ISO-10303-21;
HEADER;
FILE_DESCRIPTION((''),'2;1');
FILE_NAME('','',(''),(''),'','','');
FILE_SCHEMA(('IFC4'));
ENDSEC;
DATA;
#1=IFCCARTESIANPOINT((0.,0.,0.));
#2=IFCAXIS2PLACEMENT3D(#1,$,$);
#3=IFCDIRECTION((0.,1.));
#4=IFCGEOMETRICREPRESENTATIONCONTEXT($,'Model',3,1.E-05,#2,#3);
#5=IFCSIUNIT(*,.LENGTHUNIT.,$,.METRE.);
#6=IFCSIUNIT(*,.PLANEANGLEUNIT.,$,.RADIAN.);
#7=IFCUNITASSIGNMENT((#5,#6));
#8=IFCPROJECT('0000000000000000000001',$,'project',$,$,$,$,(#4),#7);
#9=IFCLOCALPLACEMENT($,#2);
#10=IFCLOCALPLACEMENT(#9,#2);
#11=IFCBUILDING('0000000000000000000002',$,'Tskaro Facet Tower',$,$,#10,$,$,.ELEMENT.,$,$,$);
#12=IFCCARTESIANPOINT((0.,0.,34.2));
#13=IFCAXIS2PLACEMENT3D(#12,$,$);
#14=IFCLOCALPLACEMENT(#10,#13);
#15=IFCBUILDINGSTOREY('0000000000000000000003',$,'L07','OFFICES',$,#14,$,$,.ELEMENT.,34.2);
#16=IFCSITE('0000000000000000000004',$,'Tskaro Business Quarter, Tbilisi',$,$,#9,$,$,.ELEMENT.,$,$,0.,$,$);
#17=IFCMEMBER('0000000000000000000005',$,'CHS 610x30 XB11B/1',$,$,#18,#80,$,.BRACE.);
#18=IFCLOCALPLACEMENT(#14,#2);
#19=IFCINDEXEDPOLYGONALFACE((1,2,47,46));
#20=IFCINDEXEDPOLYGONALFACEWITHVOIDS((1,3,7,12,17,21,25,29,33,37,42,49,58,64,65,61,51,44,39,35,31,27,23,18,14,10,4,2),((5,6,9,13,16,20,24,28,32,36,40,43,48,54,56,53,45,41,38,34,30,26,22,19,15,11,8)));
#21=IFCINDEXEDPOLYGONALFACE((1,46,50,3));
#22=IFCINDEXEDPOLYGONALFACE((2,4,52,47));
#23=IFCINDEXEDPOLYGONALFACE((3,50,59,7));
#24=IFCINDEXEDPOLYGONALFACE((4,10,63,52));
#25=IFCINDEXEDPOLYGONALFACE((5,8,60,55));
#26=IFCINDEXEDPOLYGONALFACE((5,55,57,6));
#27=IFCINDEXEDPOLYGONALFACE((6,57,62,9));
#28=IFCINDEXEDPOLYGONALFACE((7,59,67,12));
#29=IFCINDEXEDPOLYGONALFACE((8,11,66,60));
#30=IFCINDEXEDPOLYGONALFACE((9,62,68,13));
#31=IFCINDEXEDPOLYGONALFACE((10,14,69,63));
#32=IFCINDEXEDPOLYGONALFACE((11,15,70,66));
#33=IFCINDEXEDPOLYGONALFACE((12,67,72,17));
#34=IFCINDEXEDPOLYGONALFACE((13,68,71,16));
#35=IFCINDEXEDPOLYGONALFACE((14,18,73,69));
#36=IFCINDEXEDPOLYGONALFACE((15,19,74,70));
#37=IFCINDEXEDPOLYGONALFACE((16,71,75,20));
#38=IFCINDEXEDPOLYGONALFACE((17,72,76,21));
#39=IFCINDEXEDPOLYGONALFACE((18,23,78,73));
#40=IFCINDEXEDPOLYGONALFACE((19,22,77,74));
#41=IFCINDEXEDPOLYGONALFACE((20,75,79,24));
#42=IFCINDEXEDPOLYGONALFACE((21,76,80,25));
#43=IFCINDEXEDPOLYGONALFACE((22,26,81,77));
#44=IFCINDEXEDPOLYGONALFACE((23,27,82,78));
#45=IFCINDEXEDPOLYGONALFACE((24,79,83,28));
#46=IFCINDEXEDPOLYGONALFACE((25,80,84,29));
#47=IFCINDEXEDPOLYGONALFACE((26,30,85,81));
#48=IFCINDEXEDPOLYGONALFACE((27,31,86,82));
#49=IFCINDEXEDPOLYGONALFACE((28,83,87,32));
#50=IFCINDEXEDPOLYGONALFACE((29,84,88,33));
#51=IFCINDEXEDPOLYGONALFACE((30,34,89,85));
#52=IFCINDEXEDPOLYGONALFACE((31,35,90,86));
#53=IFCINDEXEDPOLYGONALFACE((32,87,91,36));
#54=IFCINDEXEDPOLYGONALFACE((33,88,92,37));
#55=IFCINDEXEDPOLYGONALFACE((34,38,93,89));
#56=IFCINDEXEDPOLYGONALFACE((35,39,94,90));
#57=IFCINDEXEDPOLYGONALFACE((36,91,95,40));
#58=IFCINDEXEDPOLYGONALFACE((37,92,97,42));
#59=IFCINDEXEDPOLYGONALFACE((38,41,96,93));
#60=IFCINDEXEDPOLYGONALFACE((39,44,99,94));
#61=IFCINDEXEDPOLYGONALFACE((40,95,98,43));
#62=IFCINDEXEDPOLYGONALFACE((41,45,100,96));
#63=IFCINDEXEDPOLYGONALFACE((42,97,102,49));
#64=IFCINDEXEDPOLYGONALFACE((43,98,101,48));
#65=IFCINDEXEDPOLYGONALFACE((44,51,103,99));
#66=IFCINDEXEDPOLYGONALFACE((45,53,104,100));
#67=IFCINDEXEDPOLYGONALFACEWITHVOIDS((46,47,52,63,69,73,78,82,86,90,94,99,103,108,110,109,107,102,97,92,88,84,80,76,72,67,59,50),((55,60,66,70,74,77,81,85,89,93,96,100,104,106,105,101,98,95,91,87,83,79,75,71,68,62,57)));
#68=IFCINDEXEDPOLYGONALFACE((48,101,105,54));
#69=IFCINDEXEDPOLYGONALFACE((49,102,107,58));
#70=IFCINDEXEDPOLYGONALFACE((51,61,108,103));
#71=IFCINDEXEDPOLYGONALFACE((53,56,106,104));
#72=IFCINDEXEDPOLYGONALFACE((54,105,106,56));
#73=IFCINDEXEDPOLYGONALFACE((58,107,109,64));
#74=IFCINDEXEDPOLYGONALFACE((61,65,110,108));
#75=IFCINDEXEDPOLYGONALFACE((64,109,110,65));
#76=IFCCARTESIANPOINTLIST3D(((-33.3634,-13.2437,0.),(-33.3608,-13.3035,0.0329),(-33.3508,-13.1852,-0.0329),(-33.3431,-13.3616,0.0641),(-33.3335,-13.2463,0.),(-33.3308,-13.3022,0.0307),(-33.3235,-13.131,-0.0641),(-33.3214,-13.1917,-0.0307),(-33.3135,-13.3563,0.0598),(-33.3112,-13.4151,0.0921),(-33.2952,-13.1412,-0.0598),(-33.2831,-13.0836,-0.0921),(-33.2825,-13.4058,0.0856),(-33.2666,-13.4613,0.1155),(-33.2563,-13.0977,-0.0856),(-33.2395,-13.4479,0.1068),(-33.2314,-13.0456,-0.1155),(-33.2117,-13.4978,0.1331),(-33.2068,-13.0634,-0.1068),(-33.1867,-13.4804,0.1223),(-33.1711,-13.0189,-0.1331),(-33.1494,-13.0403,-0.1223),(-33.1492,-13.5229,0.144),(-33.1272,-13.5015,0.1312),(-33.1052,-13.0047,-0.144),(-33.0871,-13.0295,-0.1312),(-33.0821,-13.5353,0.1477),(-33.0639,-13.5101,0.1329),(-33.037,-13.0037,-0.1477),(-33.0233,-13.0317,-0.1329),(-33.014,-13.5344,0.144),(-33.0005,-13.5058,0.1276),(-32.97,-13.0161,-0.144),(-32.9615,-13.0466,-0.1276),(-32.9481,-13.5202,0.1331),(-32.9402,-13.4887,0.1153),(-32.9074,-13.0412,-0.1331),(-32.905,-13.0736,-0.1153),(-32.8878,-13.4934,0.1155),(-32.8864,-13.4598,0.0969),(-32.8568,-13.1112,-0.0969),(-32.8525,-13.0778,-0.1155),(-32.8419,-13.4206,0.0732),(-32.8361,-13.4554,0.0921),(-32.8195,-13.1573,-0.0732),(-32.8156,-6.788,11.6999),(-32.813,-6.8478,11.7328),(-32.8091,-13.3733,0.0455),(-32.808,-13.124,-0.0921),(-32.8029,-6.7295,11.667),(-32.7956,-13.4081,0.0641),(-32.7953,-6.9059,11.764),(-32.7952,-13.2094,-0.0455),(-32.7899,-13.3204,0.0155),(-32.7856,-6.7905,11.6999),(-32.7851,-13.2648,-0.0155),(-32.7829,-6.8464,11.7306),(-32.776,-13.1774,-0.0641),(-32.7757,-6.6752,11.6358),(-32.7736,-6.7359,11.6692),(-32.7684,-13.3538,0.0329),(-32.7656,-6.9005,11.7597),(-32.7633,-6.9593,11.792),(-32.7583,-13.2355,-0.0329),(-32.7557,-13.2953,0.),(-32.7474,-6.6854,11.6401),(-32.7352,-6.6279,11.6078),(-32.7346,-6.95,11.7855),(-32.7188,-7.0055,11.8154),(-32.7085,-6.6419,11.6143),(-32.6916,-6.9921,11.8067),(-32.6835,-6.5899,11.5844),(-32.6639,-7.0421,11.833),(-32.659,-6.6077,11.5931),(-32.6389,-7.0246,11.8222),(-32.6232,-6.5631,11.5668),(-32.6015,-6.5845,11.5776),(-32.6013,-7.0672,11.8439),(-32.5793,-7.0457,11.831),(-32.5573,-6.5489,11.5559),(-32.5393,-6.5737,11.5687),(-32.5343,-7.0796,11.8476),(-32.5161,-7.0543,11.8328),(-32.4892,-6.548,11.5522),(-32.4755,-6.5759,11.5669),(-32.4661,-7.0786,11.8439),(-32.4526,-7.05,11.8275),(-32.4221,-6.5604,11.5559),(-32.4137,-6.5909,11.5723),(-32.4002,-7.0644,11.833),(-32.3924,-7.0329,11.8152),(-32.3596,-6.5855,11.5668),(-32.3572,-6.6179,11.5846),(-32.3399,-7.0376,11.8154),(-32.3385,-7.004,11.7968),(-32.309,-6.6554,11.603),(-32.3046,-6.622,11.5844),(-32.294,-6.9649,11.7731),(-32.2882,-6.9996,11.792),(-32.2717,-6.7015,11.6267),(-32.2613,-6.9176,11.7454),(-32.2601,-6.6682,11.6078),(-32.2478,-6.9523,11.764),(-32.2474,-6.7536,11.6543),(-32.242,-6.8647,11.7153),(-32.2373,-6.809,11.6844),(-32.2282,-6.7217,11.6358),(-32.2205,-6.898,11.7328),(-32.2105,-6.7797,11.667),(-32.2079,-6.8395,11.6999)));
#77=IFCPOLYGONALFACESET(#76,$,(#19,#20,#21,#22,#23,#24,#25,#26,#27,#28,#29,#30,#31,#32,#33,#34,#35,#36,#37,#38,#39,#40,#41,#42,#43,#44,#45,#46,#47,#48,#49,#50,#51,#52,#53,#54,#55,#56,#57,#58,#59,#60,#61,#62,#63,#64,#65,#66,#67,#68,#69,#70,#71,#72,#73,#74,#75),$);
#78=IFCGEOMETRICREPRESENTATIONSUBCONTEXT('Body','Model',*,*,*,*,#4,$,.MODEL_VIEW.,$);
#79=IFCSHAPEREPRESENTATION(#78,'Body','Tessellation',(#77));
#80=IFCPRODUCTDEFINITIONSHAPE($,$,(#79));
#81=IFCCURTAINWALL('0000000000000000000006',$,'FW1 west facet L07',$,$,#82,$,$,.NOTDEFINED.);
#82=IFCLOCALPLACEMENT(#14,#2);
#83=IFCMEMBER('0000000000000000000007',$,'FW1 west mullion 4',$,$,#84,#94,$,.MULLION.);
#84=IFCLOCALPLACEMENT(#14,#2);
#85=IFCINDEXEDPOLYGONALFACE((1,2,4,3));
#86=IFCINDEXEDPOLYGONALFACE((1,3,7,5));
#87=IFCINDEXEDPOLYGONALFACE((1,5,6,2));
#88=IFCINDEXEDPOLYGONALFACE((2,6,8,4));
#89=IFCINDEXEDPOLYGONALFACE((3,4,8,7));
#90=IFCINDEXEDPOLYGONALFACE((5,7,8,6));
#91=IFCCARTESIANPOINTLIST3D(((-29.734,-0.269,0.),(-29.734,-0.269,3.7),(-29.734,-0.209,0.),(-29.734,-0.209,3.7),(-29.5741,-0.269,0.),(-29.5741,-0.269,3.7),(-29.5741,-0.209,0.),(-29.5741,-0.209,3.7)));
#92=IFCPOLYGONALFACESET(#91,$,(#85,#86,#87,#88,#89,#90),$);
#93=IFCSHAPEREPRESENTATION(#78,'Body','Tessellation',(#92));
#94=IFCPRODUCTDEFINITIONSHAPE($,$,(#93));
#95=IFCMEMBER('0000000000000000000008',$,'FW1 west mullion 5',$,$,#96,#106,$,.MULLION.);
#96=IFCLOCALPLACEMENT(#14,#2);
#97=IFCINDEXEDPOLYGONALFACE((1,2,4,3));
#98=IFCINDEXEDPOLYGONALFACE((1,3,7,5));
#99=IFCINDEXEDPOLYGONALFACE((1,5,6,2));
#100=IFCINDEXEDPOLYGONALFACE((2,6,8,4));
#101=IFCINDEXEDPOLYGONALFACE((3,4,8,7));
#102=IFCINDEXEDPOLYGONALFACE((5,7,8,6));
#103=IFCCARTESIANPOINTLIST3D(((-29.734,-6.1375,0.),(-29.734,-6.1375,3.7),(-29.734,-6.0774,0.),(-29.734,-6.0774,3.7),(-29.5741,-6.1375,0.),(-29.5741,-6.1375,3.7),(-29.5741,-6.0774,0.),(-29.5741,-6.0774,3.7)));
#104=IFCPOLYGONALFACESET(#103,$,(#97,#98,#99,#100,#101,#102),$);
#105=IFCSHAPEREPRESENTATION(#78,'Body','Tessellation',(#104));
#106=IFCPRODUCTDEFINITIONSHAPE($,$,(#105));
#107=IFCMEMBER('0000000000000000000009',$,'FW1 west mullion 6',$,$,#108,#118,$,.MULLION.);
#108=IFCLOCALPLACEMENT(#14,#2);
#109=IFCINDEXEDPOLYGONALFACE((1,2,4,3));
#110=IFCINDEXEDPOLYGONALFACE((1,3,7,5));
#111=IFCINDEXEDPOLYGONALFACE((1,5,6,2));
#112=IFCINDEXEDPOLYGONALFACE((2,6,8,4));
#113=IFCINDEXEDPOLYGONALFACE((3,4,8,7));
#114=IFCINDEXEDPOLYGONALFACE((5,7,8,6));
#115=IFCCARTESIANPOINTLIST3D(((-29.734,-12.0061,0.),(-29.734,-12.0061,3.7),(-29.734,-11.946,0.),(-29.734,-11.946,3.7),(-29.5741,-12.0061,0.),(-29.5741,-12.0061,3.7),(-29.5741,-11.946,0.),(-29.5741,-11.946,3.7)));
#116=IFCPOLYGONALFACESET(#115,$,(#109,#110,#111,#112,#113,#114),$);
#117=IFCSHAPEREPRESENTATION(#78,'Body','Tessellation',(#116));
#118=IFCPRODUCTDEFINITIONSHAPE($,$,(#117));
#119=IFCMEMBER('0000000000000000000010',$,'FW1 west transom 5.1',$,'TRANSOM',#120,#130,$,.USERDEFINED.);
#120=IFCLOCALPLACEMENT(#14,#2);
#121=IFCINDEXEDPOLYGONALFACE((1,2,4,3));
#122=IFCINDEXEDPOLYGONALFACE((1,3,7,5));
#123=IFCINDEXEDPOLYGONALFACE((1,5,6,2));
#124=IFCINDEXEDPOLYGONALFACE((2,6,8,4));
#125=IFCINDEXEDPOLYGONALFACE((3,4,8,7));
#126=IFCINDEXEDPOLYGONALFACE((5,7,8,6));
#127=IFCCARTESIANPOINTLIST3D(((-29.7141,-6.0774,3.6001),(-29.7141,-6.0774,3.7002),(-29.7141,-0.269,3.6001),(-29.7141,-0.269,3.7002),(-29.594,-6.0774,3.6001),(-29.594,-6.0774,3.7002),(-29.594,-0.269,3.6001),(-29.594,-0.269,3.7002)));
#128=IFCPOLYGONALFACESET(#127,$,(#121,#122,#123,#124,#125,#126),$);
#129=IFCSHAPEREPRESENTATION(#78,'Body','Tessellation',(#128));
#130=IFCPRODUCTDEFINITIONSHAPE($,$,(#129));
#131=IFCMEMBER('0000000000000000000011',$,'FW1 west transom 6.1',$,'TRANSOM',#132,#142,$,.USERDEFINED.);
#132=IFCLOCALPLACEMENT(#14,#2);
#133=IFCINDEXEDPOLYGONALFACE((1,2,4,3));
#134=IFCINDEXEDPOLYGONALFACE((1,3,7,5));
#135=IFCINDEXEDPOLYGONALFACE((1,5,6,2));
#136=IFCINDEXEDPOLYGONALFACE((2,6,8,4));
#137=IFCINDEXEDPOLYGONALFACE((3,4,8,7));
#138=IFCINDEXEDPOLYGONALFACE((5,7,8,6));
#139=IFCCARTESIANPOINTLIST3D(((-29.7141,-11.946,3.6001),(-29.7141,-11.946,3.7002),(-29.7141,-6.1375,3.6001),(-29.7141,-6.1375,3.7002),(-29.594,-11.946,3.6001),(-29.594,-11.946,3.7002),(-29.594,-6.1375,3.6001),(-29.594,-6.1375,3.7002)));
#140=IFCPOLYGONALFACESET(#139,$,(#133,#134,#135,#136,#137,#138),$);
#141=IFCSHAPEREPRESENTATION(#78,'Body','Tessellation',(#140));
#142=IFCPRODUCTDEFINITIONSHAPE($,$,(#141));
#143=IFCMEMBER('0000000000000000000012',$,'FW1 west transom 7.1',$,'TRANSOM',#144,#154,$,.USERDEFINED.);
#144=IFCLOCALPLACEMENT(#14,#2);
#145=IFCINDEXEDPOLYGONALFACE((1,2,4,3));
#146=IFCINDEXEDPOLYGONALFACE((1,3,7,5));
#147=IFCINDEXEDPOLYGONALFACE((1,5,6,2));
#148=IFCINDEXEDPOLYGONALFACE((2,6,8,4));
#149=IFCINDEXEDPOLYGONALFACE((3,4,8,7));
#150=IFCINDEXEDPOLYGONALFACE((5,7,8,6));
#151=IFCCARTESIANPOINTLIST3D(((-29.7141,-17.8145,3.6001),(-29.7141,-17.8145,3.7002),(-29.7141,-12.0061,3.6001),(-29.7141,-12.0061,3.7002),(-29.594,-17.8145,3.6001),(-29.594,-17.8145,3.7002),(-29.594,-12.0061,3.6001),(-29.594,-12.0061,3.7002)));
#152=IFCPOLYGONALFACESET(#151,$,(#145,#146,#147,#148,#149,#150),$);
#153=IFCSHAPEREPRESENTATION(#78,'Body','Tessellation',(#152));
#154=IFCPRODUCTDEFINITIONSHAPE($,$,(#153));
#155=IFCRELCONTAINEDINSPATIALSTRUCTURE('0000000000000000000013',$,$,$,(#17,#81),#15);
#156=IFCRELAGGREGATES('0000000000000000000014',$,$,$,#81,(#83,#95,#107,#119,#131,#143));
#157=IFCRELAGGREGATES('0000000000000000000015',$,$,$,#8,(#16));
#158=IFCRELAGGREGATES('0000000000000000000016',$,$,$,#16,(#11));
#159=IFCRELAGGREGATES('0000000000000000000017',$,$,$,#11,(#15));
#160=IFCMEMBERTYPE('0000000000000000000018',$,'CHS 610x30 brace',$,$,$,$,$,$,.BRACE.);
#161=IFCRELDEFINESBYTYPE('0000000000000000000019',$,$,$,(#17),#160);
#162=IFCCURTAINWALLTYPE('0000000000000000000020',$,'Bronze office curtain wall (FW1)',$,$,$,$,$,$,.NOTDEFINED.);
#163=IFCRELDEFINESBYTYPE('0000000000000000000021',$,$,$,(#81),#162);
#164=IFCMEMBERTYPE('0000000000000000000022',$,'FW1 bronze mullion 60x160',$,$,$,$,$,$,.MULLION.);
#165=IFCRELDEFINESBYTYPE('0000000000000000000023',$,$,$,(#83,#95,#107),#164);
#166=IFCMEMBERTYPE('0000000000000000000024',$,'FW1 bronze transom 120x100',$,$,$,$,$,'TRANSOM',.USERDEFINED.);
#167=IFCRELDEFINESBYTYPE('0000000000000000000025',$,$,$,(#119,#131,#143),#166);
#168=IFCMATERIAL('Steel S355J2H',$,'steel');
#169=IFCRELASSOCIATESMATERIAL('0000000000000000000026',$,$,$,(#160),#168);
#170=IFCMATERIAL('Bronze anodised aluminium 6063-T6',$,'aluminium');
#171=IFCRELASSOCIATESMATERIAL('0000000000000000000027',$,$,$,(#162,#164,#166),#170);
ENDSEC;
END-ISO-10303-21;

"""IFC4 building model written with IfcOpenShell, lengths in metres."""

from ifc_helpers import new_model, si_unit, direction, frame, origin, origin_2d, place, context, subcontext, project, spatial, rectangle, hollow_circle, extrude, material, material_profile, profile_set, type_object, element, aggregate, save


model = new_model("IFC4")

# Units and contexts
model_context = context("Model", 3, precision=1e-05, world=origin(), true_north=direction((0.0, 1.0)))
body_context = subcontext(model_context, "Body", "Model", "MODEL_VIEW")
ifc_project = project(units=[si_unit("LENGTHUNIT", "METRE"), si_unit("PLANEANGLEUNIT", "RADIAN")], contexts=[model_context])

# Site, building, storey
site_placement = place(None, origin())
site = spatial("IfcSite", under=ifc_project, at=site_placement, Name="Tskaro Business Quarter, Tbilisi", CompositionType="ELEMENT", RefElevation=0.0)
building_placement = place(site_placement, origin())
building = spatial("IfcBuilding", under=site, at=building_placement, Name="Tskaro Facet Tower", CompositionType="ELEMENT")
storey_placement = place(building_placement, frame((0.0, 0.0, 34.2)))
storey = spatial("IfcBuildingStorey", under=building, at=storey_placement, Name="L07", Description="OFFICES", CompositionType="ELEMENT", Elevation=34.2)

# Shared definitions
ifc_material_1 = material(Name="Steel S355J2H", Category="steel")

# Member
ifc_material_profile_1 = material_profile(ifc_material_1, hollow_circle(Radius=0.3049, WallThickness=0.03, at=origin_2d()), Name="CHS 610x30")
ifc_profile_set_1 = profile_set([ifc_material_profile_1], Name="Steel S355J2H")
member_type_1 = type_object("IfcMemberType", Name="CHS 610x30 brace", PredefinedType="BRACE", material=ifc_profile_set_1)
member_1_placement = place(storey_placement, frame((-33.0596, -13.2695, 0.0), z_axis=(0.040964, 0.48271, 0.874822), x_axis=(-0.996419, 0.084558, 0.0)))
element("IfcMember", 1, at=member_1_placement, inside=storey, type_object=member_type_1, Name="CHS 610x30 XB11B/1", PredefinedType="BRACE", context=body_context, shape_type="SweptSolid", body=[
    extrude(hollow_circle(Radius=0.3049, WallThickness=0.03, at=origin_2d()), origin(), (0.0, 0.0, 1.0), 13.374),
])

# Curtain wall, members
ifc_material_2 = material(Name="Bronze anodised aluminium 6063-T6", Category="aluminium")
curtain_wall_type = type_object("IfcCurtainWallType", Name="Bronze office curtain wall (FW1)", PredefinedType="NOTDEFINED", material=ifc_material_2)
curtain_wall_placement = place(storey_placement, origin())
curtain_wall = element("IfcCurtainWall", 2, at=curtain_wall_placement, inside=storey, type_object=curtain_wall_type, Name="FW1 west facet L07", PredefinedType="NOTDEFINED")
ifc_material_profile_2 = material_profile(ifc_material_2, rectangle(XDim=0.0601, YDim=0.1599, at=origin_2d()), Name="Mullion 60x160")
ifc_profile_set_2 = profile_set([ifc_material_profile_2], Name="Bronze anodised aluminium 6063-T6")
member_type_2 = type_object("IfcMemberType", Name="FW1 bronze mullion 60x160", PredefinedType="MULLION", material=ifc_profile_set_2)
member_2_placement = place(storey_placement, frame((-29.6541, -0.239, 0.0), z_axis=(0.0, 0.0, 1.0), x_axis=(0.0, -1.0, 0.0)))
member_2 = element("IfcMember", 3, at=member_2_placement, type_object=member_type_2, Name="FW1 west mullion 4", PredefinedType="MULLION", context=body_context, shape_type="SweptSolid", body=[
    extrude(rectangle(XDim=0.0601, YDim=0.1599, at=origin_2d()), origin(), (0.0, 0.0, 1.0), 3.7),
])
member_3_placement = place(storey_placement, frame((-29.6541, -6.1074, 0.0), z_axis=(0.0, 0.0, 1.0), x_axis=(0.0, -1.0, 0.0)))
member_3 = element("IfcMember", 4, at=member_3_placement, type_object=member_type_2, Name="FW1 west mullion 5", PredefinedType="MULLION", context=body_context, shape_type="SweptSolid", body=[
    extrude(rectangle(XDim=0.0601, YDim=0.1599, at=origin_2d()), origin(), (0.0, 0.0, 1.0), 3.7),
])
member_4_placement = place(storey_placement, frame((-29.6541, -11.9761, 0.0), z_axis=(0.0, 0.0, 1.0), x_axis=(0.0, -1.0, 0.0)))
member_4 = element("IfcMember", 5, at=member_4_placement, type_object=member_type_2, Name="FW1 west mullion 6", PredefinedType="MULLION", context=body_context, shape_type="SweptSolid", body=[
    extrude(rectangle(XDim=0.0601, YDim=0.1599, at=origin_2d()), origin(), (0.0, 0.0, 1.0), 3.7),
])
ifc_material_profile_3 = material_profile(ifc_material_2, rectangle(XDim=0.1201, YDim=0.1001, at=origin_2d()), Name="Transom 120x100")
ifc_profile_set_3 = profile_set([ifc_material_profile_3], Name="Bronze anodised aluminium 6063-T6")
member_type_3 = type_object("IfcMemberType", Name="FW1 bronze transom 120x100", ElementType="TRANSOM", PredefinedType="USERDEFINED", material=ifc_profile_set_3)
member_5_placement = place(storey_placement, frame((-29.6541, -0.269, 3.6501), z_axis=(0.0, -1.0, 0.0), x_axis=(1.0, 0.0, 0.0)))
member_5 = element("IfcMember", 6, at=member_5_placement, type_object=member_type_3, Name="FW1 west transom 5.1", ObjectType="TRANSOM", PredefinedType="USERDEFINED", context=body_context, shape_type="SweptSolid", body=[
    extrude(rectangle(XDim=0.1201, YDim=0.1001, at=origin_2d()), origin(), (0.0, 0.0, 1.0), 5.8083),
])
member_6_placement = place(storey_placement, frame((-29.6541, -6.1375, 3.6501), z_axis=(0.0, -1.0, 0.0), x_axis=(1.0, 0.0, 0.0)))
member_6 = element("IfcMember", 7, at=member_6_placement, type_object=member_type_3, Name="FW1 west transom 6.1", ObjectType="TRANSOM", PredefinedType="USERDEFINED", context=body_context, shape_type="SweptSolid", body=[
    extrude(rectangle(XDim=0.1201, YDim=0.1001, at=origin_2d()), origin(), (0.0, 0.0, 1.0), 5.8086),
])
member_7_placement = place(storey_placement, frame((-29.6541, -12.0061, 3.6501), z_axis=(0.0, -1.0, 0.0), x_axis=(1.0, 0.0, 0.0)))
member_7 = element("IfcMember", 8, at=member_7_placement, type_object=member_type_3, Name="FW1 west transom 7.1", ObjectType="TRANSOM", PredefinedType="USERDEFINED", context=body_context, shape_type="SweptSolid", body=[
    extrude(rectangle(XDim=0.1201, YDim=0.1001, at=origin_2d()), origin(), (0.0, 0.0, 1.0), 5.8083),
])

aggregate(curtain_wall, [member_2, member_3, member_4, member_5, member_6, member_7])

save(model, "model.ifc")
